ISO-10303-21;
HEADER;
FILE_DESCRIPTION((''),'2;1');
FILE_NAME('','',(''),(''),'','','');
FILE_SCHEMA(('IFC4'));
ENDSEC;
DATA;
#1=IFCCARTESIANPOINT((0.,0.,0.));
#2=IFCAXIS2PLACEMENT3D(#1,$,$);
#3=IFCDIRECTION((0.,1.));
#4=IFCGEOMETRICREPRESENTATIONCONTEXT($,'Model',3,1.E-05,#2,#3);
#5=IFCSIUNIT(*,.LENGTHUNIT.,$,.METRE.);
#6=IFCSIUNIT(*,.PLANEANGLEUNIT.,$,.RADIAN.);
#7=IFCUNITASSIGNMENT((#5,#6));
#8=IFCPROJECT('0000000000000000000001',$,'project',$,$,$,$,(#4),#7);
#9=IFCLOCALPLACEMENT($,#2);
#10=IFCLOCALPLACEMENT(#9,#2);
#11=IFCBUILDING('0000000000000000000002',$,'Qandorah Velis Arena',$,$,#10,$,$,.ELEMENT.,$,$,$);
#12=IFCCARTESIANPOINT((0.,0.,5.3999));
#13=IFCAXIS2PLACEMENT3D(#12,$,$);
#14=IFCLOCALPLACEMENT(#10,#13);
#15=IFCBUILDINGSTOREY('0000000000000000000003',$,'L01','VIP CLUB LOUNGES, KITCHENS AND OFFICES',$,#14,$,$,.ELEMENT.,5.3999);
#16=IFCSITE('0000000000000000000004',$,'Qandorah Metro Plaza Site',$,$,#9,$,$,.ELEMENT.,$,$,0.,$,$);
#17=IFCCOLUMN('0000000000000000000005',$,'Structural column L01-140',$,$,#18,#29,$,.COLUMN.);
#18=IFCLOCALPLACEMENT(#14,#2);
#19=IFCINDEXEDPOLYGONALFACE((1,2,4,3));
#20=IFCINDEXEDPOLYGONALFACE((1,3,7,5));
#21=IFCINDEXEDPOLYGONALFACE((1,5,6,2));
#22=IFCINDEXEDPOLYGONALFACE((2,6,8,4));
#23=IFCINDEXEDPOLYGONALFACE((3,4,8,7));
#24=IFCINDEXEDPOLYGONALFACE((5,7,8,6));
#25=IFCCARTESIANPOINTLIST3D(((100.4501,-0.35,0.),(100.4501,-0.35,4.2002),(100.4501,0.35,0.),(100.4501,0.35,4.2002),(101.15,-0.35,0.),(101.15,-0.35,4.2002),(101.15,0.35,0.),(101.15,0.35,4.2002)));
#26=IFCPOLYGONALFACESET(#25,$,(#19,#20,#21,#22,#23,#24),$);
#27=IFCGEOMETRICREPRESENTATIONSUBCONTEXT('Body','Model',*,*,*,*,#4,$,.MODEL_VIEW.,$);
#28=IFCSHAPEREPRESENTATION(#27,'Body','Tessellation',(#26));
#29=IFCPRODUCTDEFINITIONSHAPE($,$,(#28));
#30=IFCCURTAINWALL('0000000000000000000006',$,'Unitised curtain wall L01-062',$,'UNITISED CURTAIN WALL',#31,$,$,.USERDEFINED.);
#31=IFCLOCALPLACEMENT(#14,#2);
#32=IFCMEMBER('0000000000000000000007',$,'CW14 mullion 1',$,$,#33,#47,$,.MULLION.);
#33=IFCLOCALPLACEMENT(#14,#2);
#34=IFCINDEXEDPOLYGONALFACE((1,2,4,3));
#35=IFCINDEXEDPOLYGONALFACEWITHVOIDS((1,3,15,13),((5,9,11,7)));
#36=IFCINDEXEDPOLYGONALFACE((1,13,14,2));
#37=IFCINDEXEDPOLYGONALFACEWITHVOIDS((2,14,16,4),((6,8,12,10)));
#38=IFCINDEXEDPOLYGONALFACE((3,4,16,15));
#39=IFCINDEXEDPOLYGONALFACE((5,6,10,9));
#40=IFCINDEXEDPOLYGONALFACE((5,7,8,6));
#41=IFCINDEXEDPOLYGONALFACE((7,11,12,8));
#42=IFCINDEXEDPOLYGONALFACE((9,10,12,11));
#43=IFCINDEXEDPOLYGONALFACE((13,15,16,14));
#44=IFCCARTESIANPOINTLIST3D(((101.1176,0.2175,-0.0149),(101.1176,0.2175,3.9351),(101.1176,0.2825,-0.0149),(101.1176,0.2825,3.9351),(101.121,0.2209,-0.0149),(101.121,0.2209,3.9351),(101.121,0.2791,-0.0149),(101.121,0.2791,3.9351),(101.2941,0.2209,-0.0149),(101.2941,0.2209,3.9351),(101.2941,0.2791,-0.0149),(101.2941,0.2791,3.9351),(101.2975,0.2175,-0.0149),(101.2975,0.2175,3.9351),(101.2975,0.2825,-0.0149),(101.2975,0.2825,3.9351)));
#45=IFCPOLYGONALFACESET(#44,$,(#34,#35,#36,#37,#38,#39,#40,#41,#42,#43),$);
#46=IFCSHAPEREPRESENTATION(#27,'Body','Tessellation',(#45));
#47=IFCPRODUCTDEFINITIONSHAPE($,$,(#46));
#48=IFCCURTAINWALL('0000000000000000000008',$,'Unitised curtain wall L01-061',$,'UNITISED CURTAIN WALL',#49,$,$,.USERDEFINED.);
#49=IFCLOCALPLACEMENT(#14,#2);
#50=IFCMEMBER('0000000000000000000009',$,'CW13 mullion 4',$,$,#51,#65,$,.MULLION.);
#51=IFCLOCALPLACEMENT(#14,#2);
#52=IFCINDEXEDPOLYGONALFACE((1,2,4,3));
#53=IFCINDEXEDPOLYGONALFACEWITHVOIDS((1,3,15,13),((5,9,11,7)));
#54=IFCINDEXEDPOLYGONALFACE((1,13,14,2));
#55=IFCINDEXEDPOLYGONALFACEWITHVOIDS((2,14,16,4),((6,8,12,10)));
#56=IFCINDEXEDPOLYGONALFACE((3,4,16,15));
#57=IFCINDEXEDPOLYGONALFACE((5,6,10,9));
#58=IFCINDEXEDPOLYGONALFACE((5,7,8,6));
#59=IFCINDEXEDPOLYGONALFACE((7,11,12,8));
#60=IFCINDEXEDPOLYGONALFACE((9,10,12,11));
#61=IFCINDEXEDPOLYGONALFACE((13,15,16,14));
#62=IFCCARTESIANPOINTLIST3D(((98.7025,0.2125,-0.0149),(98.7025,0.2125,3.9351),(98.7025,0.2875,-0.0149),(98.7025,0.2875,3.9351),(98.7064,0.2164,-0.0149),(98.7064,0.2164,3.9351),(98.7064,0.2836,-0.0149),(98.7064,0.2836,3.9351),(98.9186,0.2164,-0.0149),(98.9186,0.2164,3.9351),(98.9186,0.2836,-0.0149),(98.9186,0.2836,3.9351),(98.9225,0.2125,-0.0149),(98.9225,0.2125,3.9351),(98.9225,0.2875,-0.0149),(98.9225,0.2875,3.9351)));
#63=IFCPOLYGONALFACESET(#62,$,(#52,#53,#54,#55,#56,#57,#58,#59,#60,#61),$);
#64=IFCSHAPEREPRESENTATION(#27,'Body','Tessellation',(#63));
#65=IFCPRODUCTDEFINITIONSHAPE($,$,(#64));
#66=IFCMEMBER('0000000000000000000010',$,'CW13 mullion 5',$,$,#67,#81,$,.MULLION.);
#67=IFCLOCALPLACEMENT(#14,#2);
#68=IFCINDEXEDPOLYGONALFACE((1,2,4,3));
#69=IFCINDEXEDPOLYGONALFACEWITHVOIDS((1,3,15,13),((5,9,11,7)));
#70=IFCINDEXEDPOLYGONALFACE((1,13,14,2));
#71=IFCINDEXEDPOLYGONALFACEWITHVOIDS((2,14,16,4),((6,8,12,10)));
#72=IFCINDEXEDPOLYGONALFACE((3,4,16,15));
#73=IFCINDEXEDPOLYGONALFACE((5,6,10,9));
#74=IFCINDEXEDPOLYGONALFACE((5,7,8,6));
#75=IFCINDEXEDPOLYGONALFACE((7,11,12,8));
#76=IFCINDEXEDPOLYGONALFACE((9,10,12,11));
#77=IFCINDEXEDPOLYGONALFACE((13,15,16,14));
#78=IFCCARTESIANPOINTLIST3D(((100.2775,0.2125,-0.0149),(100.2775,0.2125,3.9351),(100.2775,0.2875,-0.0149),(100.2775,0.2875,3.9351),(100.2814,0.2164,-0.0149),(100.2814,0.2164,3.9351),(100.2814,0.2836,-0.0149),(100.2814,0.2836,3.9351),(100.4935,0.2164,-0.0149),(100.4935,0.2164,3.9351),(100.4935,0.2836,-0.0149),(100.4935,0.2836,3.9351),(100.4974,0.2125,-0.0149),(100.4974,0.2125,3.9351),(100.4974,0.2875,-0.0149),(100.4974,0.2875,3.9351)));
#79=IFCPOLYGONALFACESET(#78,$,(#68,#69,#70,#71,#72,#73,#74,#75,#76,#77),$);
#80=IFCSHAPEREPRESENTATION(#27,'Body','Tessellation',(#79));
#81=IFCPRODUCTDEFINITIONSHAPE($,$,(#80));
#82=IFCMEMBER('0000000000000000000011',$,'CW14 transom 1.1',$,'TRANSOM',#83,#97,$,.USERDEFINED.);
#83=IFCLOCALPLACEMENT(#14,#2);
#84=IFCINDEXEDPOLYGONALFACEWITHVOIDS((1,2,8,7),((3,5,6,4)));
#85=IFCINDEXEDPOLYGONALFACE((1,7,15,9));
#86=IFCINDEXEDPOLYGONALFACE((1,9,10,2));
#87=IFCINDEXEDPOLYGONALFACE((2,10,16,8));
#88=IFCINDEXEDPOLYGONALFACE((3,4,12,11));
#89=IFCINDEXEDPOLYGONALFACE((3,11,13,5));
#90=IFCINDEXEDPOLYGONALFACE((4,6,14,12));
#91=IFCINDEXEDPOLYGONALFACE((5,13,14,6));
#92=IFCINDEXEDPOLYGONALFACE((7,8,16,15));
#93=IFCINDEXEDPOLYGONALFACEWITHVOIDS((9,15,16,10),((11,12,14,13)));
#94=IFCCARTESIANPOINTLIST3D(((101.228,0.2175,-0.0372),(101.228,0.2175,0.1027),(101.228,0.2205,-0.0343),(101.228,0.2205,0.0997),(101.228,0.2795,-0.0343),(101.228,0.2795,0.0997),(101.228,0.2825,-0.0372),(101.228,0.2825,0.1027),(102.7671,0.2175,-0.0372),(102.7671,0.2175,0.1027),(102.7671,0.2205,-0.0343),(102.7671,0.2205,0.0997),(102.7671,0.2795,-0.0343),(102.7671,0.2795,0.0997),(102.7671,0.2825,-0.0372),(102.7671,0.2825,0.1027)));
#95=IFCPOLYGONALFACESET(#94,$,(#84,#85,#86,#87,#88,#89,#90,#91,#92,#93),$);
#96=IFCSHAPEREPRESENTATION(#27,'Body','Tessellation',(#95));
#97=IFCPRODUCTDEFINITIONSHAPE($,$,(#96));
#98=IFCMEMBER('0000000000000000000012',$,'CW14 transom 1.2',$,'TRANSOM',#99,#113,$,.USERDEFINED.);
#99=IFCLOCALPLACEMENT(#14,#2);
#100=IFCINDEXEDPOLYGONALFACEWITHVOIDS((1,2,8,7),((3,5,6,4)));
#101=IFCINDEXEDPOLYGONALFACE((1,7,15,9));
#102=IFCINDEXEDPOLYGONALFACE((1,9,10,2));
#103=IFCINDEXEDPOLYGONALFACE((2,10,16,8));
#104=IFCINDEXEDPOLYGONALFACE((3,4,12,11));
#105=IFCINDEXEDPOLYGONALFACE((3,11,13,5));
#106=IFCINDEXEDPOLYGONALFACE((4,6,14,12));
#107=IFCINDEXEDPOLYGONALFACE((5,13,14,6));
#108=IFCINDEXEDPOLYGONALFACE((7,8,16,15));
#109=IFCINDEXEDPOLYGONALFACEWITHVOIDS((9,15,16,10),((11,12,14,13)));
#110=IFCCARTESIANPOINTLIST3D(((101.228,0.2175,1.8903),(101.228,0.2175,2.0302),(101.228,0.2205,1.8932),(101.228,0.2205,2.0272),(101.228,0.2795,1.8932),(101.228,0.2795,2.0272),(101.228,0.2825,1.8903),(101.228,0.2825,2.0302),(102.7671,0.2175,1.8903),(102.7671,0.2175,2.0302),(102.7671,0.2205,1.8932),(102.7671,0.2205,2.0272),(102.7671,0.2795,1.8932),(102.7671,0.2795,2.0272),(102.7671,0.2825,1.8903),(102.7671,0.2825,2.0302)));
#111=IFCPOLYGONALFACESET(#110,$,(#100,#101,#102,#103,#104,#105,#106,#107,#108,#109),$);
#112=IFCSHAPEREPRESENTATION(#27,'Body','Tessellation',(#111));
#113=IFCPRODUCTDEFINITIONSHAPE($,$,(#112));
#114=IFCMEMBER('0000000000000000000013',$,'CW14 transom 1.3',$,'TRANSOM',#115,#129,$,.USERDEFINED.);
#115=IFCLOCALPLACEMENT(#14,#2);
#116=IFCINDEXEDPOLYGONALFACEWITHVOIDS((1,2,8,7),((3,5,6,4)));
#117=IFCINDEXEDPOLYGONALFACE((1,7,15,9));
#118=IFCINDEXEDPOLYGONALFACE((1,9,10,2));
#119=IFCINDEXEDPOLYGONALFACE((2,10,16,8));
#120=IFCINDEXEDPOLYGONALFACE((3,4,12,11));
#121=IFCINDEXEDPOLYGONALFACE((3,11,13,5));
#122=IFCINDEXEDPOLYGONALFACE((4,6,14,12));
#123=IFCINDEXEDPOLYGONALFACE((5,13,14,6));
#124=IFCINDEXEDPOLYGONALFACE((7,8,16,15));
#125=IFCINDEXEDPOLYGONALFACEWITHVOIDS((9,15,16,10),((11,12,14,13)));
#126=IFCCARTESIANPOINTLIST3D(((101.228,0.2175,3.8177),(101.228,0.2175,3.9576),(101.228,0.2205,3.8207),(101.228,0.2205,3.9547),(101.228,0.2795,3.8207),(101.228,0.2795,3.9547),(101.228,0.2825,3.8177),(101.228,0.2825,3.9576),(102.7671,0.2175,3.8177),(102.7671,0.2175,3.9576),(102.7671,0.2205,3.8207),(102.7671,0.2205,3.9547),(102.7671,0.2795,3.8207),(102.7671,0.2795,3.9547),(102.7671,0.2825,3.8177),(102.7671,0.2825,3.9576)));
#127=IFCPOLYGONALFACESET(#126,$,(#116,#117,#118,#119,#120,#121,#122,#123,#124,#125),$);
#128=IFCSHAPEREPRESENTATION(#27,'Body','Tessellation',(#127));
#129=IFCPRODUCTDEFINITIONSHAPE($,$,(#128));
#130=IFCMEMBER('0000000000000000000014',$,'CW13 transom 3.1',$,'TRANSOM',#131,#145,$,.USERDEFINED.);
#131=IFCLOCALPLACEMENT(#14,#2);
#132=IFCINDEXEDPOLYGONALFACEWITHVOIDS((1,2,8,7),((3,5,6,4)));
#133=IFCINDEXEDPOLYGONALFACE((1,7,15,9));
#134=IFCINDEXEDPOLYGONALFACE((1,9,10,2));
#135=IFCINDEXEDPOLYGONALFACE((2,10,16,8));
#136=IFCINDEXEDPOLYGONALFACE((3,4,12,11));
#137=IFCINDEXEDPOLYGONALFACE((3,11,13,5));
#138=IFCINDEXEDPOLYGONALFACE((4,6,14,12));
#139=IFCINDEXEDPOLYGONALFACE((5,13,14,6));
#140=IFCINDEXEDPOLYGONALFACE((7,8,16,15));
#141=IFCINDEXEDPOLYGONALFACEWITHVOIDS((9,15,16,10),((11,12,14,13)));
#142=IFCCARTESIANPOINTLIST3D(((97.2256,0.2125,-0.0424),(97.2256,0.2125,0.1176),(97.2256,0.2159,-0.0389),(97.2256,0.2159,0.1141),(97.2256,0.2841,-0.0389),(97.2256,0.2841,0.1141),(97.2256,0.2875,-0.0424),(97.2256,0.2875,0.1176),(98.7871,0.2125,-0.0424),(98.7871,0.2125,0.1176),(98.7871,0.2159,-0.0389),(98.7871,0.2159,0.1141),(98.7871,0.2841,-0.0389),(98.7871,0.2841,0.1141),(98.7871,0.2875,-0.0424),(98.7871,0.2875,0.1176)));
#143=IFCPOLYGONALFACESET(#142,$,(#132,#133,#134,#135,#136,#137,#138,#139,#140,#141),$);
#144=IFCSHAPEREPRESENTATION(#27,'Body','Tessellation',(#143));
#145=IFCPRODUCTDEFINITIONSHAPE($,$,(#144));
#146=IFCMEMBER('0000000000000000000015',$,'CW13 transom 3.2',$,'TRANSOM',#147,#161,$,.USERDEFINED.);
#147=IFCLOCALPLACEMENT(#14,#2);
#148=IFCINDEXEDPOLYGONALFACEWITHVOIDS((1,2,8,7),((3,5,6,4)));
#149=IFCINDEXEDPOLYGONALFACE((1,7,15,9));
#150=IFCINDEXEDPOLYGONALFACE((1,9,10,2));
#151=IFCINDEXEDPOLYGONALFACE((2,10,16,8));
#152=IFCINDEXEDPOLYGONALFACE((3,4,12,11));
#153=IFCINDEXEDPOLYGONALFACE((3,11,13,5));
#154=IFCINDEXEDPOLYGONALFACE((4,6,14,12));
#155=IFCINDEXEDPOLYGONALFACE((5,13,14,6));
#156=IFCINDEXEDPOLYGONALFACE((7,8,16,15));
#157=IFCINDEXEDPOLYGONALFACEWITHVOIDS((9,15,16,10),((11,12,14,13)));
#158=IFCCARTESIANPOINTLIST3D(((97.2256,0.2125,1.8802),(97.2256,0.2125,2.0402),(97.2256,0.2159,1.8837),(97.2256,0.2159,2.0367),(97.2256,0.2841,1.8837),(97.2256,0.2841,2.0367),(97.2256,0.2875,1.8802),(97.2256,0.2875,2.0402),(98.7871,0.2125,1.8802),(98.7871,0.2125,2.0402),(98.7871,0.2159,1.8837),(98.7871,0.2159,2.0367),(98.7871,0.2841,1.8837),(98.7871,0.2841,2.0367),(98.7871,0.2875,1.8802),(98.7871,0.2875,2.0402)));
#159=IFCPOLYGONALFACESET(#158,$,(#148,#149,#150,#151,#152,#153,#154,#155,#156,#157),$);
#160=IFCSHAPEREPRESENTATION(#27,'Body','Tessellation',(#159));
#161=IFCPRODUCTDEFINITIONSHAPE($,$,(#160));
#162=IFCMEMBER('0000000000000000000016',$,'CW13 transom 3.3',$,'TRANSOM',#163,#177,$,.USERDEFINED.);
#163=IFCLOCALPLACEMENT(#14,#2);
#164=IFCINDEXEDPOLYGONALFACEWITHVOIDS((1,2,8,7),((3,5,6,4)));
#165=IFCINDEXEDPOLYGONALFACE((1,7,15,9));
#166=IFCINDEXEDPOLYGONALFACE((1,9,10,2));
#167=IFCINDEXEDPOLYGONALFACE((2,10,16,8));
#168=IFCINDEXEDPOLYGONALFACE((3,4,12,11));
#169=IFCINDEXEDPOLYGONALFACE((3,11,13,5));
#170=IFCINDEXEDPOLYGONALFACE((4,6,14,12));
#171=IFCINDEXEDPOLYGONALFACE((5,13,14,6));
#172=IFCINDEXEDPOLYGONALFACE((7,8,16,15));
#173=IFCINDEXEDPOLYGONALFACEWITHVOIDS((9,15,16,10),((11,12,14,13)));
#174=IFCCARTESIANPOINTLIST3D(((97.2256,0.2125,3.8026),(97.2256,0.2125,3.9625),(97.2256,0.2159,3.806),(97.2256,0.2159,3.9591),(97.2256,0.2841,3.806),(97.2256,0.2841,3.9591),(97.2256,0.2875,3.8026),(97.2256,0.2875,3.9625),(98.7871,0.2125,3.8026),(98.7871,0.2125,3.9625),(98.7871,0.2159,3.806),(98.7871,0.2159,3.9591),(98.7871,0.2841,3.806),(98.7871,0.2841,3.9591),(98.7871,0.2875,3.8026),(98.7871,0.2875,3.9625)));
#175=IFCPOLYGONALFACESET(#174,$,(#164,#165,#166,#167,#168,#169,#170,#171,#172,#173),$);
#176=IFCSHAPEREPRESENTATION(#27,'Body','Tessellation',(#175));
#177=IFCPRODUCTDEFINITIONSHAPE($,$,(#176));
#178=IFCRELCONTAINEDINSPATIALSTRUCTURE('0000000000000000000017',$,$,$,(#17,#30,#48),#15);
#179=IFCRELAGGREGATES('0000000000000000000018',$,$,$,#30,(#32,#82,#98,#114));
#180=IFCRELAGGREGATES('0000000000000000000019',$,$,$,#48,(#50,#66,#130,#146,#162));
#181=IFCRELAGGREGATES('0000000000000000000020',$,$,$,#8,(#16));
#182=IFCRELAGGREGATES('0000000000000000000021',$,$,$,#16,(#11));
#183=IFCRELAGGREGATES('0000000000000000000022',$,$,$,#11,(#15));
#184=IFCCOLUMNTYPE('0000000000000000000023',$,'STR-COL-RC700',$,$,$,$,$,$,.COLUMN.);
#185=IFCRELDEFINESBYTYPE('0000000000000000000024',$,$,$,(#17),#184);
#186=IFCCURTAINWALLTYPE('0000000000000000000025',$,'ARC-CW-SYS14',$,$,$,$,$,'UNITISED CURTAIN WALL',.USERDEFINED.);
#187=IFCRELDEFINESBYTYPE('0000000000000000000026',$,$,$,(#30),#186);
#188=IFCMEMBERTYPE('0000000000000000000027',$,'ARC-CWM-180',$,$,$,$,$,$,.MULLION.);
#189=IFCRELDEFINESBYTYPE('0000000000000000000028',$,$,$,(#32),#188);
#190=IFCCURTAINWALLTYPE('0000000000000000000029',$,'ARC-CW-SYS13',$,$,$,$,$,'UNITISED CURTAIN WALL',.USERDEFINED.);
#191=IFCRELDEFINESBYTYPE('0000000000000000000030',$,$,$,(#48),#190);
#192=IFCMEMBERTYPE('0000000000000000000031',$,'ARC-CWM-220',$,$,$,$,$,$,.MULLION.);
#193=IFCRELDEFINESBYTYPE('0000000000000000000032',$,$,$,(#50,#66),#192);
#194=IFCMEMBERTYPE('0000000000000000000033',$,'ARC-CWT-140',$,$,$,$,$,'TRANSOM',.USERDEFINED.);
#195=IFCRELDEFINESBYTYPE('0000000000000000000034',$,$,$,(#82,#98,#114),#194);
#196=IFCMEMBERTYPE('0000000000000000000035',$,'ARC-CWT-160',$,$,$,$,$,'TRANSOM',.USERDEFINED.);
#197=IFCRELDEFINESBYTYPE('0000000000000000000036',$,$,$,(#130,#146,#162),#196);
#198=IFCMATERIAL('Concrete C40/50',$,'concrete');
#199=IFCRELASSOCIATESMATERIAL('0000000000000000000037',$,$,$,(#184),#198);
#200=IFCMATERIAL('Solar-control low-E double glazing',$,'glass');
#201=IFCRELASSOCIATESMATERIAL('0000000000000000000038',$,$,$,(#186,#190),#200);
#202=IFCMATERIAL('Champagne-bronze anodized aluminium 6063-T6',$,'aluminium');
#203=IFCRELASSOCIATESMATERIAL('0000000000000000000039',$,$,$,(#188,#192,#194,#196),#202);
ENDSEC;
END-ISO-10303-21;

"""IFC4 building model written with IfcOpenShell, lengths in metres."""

from ifc_helpers import new_model, si_unit, direction, frame, origin, origin_2d, place, context, subcontext, project, spatial, rectangle, hollow_rectangle, extrude, material, material_profile, profile_set, type_object, element, aggregate, save


model = new_model("IFC4")

# Units and contexts
model_context = context("Model", 3, precision=1e-05, world=origin(), true_north=direction((0.0, 1.0)))
body_context = subcontext(model_context, "Body", "Model", "MODEL_VIEW")
ifc_project = project(units=[si_unit("LENGTHUNIT", "METRE"), si_unit("PLANEANGLEUNIT", "RADIAN")], contexts=[model_context])

# Site, building, storey
site_placement = place(None, origin())
site = spatial("IfcSite", under=ifc_project, at=site_placement, Name="Qandorah Metro Plaza Site", CompositionType="ELEMENT", RefElevation=0.0)
building_placement = place(site_placement, origin())
building = spatial("IfcBuilding", under=site, at=building_placement, Name="Qandorah Velis Arena", CompositionType="ELEMENT")
storey_placement = place(building_placement, frame((0.0, 0.0, 5.3999)))
storey = spatial("IfcBuildingStorey", under=building, at=storey_placement, Name="L01", Description="VIP CLUB LOUNGES, KITCHENS AND OFFICES", CompositionType="ELEMENT", Elevation=5.3999)

# Column
ifc_material_1 = material(Name="Concrete C40/50", Category="concrete")
ifc_material_profile_1 = material_profile(ifc_material_1, rectangle(XDim=0.7, YDim=0.7, at=origin_2d()), Name="RC COL 700x700")
ifc_profile_set_1 = profile_set([ifc_material_profile_1], Name="Concrete C40/50")
column_type = type_object("IfcColumnType", Name="STR-COL-RC700", PredefinedType="COLUMN", material=ifc_profile_set_1)
column_placement = place(storey_placement, frame((100.8, 0.0, 0.0), z_axis=(0.0, 0.0, 1.0), x_axis=(1.0, 0.0, 0.0)))
element("IfcColumn", 1, at=column_placement, inside=storey, type_object=column_type, Name="Structural column L01-140", PredefinedType="COLUMN", context=body_context, shape_type="SweptSolid", body=[
    extrude(rectangle(XDim=0.7, YDim=0.7, at=origin_2d()), origin(), (0.0, 0.0, 1.0), 4.2002),
])

# Curtain wall, member
ifc_material_2 = material(Name="Solar-control low-E double glazing", Category="glass")
curtain_wall_type_1 = type_object("IfcCurtainWallType", Name="ARC-CW-SYS14", ElementType="UNITISED CURTAIN WALL", PredefinedType="USERDEFINED", material=ifc_material_2)
curtain_wall_1_placement = place(storey_placement, origin())
curtain_wall_1 = element("IfcCurtainWall", 2, at=curtain_wall_1_placement, inside=storey, type_object=curtain_wall_type_1, Name="Unitised curtain wall L01-062", ObjectType="UNITISED CURTAIN WALL", PredefinedType="USERDEFINED")
ifc_material_3 = material(Name="Champagne-bronze anodized aluminium 6063-T6", Category="aluminium")
ifc_material_profile_2 = material_profile(ifc_material_3, hollow_rectangle(XDim=0.0649, YDim=0.1799, WallThickness=0.0034, at=origin_2d()), Name="ALU MULLION 65x180")
ifc_profile_set_2 = profile_set([ifc_material_profile_2], Name="Champagne-bronze anodized aluminium 6063-T6")
member_type_1 = type_object("IfcMemberType", Name="ARC-CWM-180", PredefinedType="MULLION", material=ifc_profile_set_2)
member_1_placement = place(storey_placement, frame((101.2075, 0.25, -0.0149), z_axis=(0.0, 0.0, 1.0), x_axis=(0.0, 1.0, 0.0)))
member_1 = element("IfcMember", 3, at=member_1_placement, type_object=member_type_1, Name="CW14 mullion 1", PredefinedType="MULLION", context=body_context, shape_type="SweptSolid", body=[
    extrude(hollow_rectangle(XDim=0.0649, YDim=0.1799, WallThickness=0.0034, at=origin_2d()), origin(), (0.0, 0.0, 1.0), 3.95),
])

# Curtain wall, members
curtain_wall_type_2 = type_object("IfcCurtainWallType", Name="ARC-CW-SYS13", ElementType="UNITISED CURTAIN WALL", PredefinedType="USERDEFINED", material=ifc_material_2)
curtain_wall_2_placement = place(storey_placement, origin())
curtain_wall_2 = element("IfcCurtainWall", 4, at=curtain_wall_2_placement, inside=storey, type_object=curtain_wall_type_2, Name="Unitised curtain wall L01-061", ObjectType="UNITISED CURTAIN WALL", PredefinedType="USERDEFINED")
ifc_material_profile_3 = material_profile(ifc_material_3, hollow_rectangle(XDim=0.075, YDim=0.22, WallThickness=0.0039, at=origin_2d()), Name="ALU MULLION 75x220")
ifc_profile_set_3 = profile_set([ifc_material_profile_3], Name="Champagne-bronze anodized aluminium 6063-T6")
member_type_2 = type_object("IfcMemberType", Name="ARC-CWM-220", PredefinedType="MULLION", material=ifc_profile_set_3)
member_2_placement = place(storey_placement, frame((98.8125, 0.25, -0.0149), z_axis=(0.0, 0.0, 1.0), x_axis=(0.0, 1.0, 0.0)))
member_2 = element("IfcMember", 5, at=member_2_placement, type_object=member_type_2, Name="CW13 mullion 4", PredefinedType="MULLION", context=body_context, shape_type="SweptSolid", body=[
    extrude(hollow_rectangle(XDim=0.075, YDim=0.22, WallThickness=0.0039, at=origin_2d()), origin(), (0.0, 0.0, 1.0), 3.95),
])
member_3_placement = place(storey_placement, frame((100.3875, 0.25, -0.0149), z_axis=(0.0, 0.0, 1.0), x_axis=(0.0, 1.0, 0.0)))
member_3 = element("IfcMember", 6, at=member_3_placement, type_object=member_type_2, Name="CW13 mullion 5", PredefinedType="MULLION", context=body_context, shape_type="SweptSolid", body=[
    extrude(hollow_rectangle(XDim=0.075, YDim=0.22, WallThickness=0.0039, at=origin_2d()), origin(), (0.0, 0.0, 1.0), 3.95),
])

# Members
ifc_material_profile_4 = material_profile(ifc_material_3, hollow_rectangle(XDim=0.0649, YDim=0.1399, WallThickness=0.0029, at=origin_2d()), Name="ALU TRANSOM 65x140")
ifc_profile_set_4 = profile_set([ifc_material_profile_4], Name="Champagne-bronze anodized aluminium 6063-T6")
member_type_3 = type_object("IfcMemberType", Name="ARC-CWT-140", ElementType="TRANSOM", PredefinedType="USERDEFINED", material=ifc_profile_set_4)
member_4_placement = place(storey_placement, frame((101.228, 0.25, 0.0327), z_axis=(1.0, 0.0, 0.0), x_axis=(0.0, 1.0, 0.0)))
member_4 = element("IfcMember", 7, at=member_4_placement, type_object=member_type_3, Name="CW14 transom 1.1", ObjectType="TRANSOM", PredefinedType="USERDEFINED", context=body_context, shape_type="SweptSolid", body=[
    extrude(hollow_rectangle(XDim=0.0649, YDim=0.1399, WallThickness=0.0029, at=origin_2d()), origin(), (0.0, 0.0, 1.0), 1.5391),
])
member_5_placement = place(storey_placement, frame((101.228, 0.25, 1.9602), z_axis=(1.0, 0.0, 0.0), x_axis=(0.0, 1.0, 0.0)))
member_5 = element("IfcMember", 8, at=member_5_placement, type_object=member_type_3, Name="CW14 transom 1.2", ObjectType="TRANSOM", PredefinedType="USERDEFINED", context=body_context, shape_type="SweptSolid", body=[
    extrude(hollow_rectangle(XDim=0.0649, YDim=0.1399, WallThickness=0.0029, at=origin_2d()), origin(), (0.0, 0.0, 1.0), 1.5391),
])
member_6_placement = place(storey_placement, frame((101.228, 0.25, 3.8877), z_axis=(1.0, 0.0, 0.0), x_axis=(0.0, 1.0, 0.0)))
member_6 = element("IfcMember", 9, at=member_6_placement, type_object=member_type_3, Name="CW14 transom 1.3", ObjectType="TRANSOM", PredefinedType="USERDEFINED", context=body_context, shape_type="SweptSolid", body=[
    extrude(hollow_rectangle(XDim=0.0649, YDim=0.1399, WallThickness=0.0029, at=origin_2d()), origin(), (0.0, 0.0, 1.0), 1.5391),
])
ifc_material_profile_5 = material_profile(ifc_material_3, hollow_rectangle(XDim=0.075, YDim=0.1599, WallThickness=0.0034, at=origin_2d()), Name="ALU TRANSOM 75x160")
ifc_profile_set_5 = profile_set([ifc_material_profile_5], Name="Champagne-bronze anodized aluminium 6063-T6")
member_type_4 = type_object("IfcMemberType", Name="ARC-CWT-160", ElementType="TRANSOM", PredefinedType="USERDEFINED", material=ifc_profile_set_5)
member_7_placement = place(storey_placement, frame((97.2256, 0.25, 0.0376), z_axis=(1.0, 0.0, 0.0), x_axis=(0.0, 1.0, 0.0)))
member_7 = element("IfcMember", 10, at=member_7_placement, type_object=member_type_4, Name="CW13 transom 3.1", ObjectType="TRANSOM", PredefinedType="USERDEFINED", context=body_context, shape_type="SweptSolid", body=[
    extrude(hollow_rectangle(XDim=0.075, YDim=0.1599, WallThickness=0.0034, at=origin_2d()), origin(), (0.0, 0.0, 1.0), 1.5615),
])
member_8_placement = place(storey_placement, frame((97.2256, 0.25, 1.9602), z_axis=(1.0, 0.0, 0.0), x_axis=(0.0, 1.0, 0.0)))
member_8 = element("IfcMember", 11, at=member_8_placement, type_object=member_type_4, Name="CW13 transom 3.2", ObjectType="TRANSOM", PredefinedType="USERDEFINED", context=body_context, shape_type="SweptSolid", body=[
    extrude(hollow_rectangle(XDim=0.075, YDim=0.1599, WallThickness=0.0034, at=origin_2d()), origin(), (0.0, 0.0, 1.0), 1.5615),
])
member_9_placement = place(storey_placement, frame((97.2256, 0.25, 3.8826), z_axis=(1.0, 0.0, 0.0), x_axis=(0.0, 1.0, 0.0)))
member_9 = element("IfcMember", 12, at=member_9_placement, type_object=member_type_4, Name="CW13 transom 3.3", ObjectType="TRANSOM", PredefinedType="USERDEFINED", context=body_context, shape_type="SweptSolid", body=[
    extrude(hollow_rectangle(XDim=0.075, YDim=0.1599, WallThickness=0.0034, at=origin_2d()), origin(), (0.0, 0.0, 1.0), 1.5615),
])

aggregate(curtain_wall_1, [member_1, member_4, member_5, member_6])
aggregate(curtain_wall_2, [member_2, member_3, member_7, member_8, member_9])

save(model, "model.ifc")
